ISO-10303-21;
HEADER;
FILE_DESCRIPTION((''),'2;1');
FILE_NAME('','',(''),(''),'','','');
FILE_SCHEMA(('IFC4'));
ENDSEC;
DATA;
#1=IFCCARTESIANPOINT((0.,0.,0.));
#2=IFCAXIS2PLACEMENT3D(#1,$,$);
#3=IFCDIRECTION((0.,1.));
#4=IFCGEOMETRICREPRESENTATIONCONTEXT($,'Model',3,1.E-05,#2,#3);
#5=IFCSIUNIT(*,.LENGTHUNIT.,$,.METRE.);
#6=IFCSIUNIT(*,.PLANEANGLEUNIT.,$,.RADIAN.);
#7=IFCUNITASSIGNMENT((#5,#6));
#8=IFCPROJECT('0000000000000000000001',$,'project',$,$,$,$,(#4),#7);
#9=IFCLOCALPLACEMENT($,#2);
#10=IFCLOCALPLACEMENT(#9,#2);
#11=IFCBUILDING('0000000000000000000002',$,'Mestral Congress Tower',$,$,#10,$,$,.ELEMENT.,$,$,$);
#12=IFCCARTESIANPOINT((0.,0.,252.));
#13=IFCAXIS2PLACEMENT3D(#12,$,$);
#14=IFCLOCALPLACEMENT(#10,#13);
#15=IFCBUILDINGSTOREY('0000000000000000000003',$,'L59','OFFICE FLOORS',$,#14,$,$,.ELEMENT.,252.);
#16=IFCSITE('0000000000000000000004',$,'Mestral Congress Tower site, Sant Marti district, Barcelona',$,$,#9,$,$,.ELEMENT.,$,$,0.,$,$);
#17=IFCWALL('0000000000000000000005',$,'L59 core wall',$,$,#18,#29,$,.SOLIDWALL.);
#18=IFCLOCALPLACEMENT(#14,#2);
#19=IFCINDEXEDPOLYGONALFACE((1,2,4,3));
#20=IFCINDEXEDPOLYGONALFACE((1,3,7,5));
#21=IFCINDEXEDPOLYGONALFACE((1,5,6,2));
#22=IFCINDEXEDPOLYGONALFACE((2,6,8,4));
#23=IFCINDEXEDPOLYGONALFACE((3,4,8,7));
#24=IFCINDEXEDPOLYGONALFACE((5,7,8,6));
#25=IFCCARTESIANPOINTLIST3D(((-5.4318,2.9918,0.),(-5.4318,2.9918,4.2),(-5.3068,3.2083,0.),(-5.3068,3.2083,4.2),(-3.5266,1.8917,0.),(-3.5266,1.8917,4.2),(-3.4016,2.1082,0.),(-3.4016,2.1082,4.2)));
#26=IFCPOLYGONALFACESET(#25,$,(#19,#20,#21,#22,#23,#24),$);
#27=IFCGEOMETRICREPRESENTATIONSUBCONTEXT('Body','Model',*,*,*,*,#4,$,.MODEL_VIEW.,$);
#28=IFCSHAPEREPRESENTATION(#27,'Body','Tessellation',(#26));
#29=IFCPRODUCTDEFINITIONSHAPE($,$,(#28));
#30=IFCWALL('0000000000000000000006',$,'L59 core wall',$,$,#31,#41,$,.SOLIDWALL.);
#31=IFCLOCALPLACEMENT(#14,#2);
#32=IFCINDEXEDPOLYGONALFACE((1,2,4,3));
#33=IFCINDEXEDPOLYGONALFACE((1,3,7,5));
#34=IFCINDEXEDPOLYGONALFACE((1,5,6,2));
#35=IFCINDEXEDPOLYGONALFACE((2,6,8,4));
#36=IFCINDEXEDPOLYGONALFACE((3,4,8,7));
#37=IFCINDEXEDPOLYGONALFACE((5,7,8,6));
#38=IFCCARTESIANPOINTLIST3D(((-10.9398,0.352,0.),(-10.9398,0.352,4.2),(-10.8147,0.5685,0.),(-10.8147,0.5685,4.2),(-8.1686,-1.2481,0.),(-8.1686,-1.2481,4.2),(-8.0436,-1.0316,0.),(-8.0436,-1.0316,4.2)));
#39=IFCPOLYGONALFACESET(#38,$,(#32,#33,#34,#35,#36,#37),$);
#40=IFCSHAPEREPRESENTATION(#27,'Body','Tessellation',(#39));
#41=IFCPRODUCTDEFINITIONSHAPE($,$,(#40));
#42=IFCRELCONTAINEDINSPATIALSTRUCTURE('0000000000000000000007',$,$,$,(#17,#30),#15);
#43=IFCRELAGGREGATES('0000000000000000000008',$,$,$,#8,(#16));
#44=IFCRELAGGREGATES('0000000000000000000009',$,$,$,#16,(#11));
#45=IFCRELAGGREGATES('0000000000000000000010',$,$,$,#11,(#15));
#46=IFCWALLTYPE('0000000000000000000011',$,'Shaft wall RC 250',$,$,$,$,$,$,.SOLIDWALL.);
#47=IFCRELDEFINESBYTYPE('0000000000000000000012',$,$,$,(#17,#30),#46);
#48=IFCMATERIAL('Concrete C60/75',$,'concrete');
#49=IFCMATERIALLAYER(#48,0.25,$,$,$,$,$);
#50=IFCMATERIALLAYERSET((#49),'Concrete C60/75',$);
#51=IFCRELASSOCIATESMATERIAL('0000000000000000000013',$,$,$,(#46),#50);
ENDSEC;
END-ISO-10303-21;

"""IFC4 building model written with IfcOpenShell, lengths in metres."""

from ifc_helpers import new_model, si_unit, direction, frame, frame_2d, origin, place, context, subcontext, project, spatial, rectangle, extrude, material, layer, layer_set, type_object, element, save


model = new_model("IFC4")

# Units and contexts
model_context = context("Model", 3, precision=1e-05, world=origin(), true_north=direction((0.0, 1.0)))
body_context = subcontext(model_context, "Body", "Model", "MODEL_VIEW")
ifc_project = project(units=[si_unit("LENGTHUNIT", "METRE"), si_unit("PLANEANGLEUNIT", "RADIAN")], contexts=[model_context])

# Site, building, storey
site_placement = place(None, origin())
site = spatial("IfcSite", under=ifc_project, at=site_placement, Name="Mestral Congress Tower site, Sant Marti district, Barcelona", CompositionType="ELEMENT", RefElevation=0.0)
building_placement = place(site_placement, origin())
building = spatial("IfcBuilding", under=site, at=building_placement, Name="Mestral Congress Tower", CompositionType="ELEMENT")
storey_placement = place(building_placement, frame((0.0, 0.0, 252.0)))
storey = spatial("IfcBuildingStorey", under=building, at=storey_placement, Name="L59", Description="OFFICE FLOORS", CompositionType="ELEMENT", Elevation=252.0)

# Shared definitions
ifc_material_1 = material(Name="Concrete C60/75", Category="concrete")

# Walls
ifc_layer_1 = layer(ifc_material_1, 0.25)
ifc_layer_set_1 = layer_set([ifc_layer_1], Name="Concrete C60/75")
wall_type_1 = type_object("IfcWallType", Name="Shaft wall RC 250", PredefinedType="SOLIDWALL", material=ifc_layer_set_1)
wall_1_placement = place(storey_placement, frame((-5.3694, 3.1001, 0.0), z_axis=(0.0, 0.0, 1.0), x_axis=(0.866008, -0.50003, 0.0)))
element("IfcWall", 1, at=wall_1_placement, inside=storey, type_object=wall_type_1, Name="L59 core wall", PredefinedType="SOLIDWALL", context=body_context, shape_type="SweptSolid", body=[
    extrude(rectangle(XDim=2.2, YDim=0.25, at=frame_2d((1.1001, 0.0))), origin(), (0.0, 0.0, 1.0), 4.2),
])
wall_2_placement = place(storey_placement, frame((-8.106, -1.1399, 0.0), z_axis=(0.0, 0.0, 1.0), x_axis=(-0.866009, 0.500028, 0.0)))
element("IfcWall", 2, at=wall_2_placement, inside=storey, type_object=wall_type_1, Name="L59 core wall", PredefinedType="SOLIDWALL", context=body_context, shape_type="SweptSolid", body=[
    extrude(rectangle(XDim=3.2, YDim=0.25, at=frame_2d((1.6001, 0.0))), origin(), (0.0, 0.0, 1.0), 4.2),
])

save(model, "model.ifc")
